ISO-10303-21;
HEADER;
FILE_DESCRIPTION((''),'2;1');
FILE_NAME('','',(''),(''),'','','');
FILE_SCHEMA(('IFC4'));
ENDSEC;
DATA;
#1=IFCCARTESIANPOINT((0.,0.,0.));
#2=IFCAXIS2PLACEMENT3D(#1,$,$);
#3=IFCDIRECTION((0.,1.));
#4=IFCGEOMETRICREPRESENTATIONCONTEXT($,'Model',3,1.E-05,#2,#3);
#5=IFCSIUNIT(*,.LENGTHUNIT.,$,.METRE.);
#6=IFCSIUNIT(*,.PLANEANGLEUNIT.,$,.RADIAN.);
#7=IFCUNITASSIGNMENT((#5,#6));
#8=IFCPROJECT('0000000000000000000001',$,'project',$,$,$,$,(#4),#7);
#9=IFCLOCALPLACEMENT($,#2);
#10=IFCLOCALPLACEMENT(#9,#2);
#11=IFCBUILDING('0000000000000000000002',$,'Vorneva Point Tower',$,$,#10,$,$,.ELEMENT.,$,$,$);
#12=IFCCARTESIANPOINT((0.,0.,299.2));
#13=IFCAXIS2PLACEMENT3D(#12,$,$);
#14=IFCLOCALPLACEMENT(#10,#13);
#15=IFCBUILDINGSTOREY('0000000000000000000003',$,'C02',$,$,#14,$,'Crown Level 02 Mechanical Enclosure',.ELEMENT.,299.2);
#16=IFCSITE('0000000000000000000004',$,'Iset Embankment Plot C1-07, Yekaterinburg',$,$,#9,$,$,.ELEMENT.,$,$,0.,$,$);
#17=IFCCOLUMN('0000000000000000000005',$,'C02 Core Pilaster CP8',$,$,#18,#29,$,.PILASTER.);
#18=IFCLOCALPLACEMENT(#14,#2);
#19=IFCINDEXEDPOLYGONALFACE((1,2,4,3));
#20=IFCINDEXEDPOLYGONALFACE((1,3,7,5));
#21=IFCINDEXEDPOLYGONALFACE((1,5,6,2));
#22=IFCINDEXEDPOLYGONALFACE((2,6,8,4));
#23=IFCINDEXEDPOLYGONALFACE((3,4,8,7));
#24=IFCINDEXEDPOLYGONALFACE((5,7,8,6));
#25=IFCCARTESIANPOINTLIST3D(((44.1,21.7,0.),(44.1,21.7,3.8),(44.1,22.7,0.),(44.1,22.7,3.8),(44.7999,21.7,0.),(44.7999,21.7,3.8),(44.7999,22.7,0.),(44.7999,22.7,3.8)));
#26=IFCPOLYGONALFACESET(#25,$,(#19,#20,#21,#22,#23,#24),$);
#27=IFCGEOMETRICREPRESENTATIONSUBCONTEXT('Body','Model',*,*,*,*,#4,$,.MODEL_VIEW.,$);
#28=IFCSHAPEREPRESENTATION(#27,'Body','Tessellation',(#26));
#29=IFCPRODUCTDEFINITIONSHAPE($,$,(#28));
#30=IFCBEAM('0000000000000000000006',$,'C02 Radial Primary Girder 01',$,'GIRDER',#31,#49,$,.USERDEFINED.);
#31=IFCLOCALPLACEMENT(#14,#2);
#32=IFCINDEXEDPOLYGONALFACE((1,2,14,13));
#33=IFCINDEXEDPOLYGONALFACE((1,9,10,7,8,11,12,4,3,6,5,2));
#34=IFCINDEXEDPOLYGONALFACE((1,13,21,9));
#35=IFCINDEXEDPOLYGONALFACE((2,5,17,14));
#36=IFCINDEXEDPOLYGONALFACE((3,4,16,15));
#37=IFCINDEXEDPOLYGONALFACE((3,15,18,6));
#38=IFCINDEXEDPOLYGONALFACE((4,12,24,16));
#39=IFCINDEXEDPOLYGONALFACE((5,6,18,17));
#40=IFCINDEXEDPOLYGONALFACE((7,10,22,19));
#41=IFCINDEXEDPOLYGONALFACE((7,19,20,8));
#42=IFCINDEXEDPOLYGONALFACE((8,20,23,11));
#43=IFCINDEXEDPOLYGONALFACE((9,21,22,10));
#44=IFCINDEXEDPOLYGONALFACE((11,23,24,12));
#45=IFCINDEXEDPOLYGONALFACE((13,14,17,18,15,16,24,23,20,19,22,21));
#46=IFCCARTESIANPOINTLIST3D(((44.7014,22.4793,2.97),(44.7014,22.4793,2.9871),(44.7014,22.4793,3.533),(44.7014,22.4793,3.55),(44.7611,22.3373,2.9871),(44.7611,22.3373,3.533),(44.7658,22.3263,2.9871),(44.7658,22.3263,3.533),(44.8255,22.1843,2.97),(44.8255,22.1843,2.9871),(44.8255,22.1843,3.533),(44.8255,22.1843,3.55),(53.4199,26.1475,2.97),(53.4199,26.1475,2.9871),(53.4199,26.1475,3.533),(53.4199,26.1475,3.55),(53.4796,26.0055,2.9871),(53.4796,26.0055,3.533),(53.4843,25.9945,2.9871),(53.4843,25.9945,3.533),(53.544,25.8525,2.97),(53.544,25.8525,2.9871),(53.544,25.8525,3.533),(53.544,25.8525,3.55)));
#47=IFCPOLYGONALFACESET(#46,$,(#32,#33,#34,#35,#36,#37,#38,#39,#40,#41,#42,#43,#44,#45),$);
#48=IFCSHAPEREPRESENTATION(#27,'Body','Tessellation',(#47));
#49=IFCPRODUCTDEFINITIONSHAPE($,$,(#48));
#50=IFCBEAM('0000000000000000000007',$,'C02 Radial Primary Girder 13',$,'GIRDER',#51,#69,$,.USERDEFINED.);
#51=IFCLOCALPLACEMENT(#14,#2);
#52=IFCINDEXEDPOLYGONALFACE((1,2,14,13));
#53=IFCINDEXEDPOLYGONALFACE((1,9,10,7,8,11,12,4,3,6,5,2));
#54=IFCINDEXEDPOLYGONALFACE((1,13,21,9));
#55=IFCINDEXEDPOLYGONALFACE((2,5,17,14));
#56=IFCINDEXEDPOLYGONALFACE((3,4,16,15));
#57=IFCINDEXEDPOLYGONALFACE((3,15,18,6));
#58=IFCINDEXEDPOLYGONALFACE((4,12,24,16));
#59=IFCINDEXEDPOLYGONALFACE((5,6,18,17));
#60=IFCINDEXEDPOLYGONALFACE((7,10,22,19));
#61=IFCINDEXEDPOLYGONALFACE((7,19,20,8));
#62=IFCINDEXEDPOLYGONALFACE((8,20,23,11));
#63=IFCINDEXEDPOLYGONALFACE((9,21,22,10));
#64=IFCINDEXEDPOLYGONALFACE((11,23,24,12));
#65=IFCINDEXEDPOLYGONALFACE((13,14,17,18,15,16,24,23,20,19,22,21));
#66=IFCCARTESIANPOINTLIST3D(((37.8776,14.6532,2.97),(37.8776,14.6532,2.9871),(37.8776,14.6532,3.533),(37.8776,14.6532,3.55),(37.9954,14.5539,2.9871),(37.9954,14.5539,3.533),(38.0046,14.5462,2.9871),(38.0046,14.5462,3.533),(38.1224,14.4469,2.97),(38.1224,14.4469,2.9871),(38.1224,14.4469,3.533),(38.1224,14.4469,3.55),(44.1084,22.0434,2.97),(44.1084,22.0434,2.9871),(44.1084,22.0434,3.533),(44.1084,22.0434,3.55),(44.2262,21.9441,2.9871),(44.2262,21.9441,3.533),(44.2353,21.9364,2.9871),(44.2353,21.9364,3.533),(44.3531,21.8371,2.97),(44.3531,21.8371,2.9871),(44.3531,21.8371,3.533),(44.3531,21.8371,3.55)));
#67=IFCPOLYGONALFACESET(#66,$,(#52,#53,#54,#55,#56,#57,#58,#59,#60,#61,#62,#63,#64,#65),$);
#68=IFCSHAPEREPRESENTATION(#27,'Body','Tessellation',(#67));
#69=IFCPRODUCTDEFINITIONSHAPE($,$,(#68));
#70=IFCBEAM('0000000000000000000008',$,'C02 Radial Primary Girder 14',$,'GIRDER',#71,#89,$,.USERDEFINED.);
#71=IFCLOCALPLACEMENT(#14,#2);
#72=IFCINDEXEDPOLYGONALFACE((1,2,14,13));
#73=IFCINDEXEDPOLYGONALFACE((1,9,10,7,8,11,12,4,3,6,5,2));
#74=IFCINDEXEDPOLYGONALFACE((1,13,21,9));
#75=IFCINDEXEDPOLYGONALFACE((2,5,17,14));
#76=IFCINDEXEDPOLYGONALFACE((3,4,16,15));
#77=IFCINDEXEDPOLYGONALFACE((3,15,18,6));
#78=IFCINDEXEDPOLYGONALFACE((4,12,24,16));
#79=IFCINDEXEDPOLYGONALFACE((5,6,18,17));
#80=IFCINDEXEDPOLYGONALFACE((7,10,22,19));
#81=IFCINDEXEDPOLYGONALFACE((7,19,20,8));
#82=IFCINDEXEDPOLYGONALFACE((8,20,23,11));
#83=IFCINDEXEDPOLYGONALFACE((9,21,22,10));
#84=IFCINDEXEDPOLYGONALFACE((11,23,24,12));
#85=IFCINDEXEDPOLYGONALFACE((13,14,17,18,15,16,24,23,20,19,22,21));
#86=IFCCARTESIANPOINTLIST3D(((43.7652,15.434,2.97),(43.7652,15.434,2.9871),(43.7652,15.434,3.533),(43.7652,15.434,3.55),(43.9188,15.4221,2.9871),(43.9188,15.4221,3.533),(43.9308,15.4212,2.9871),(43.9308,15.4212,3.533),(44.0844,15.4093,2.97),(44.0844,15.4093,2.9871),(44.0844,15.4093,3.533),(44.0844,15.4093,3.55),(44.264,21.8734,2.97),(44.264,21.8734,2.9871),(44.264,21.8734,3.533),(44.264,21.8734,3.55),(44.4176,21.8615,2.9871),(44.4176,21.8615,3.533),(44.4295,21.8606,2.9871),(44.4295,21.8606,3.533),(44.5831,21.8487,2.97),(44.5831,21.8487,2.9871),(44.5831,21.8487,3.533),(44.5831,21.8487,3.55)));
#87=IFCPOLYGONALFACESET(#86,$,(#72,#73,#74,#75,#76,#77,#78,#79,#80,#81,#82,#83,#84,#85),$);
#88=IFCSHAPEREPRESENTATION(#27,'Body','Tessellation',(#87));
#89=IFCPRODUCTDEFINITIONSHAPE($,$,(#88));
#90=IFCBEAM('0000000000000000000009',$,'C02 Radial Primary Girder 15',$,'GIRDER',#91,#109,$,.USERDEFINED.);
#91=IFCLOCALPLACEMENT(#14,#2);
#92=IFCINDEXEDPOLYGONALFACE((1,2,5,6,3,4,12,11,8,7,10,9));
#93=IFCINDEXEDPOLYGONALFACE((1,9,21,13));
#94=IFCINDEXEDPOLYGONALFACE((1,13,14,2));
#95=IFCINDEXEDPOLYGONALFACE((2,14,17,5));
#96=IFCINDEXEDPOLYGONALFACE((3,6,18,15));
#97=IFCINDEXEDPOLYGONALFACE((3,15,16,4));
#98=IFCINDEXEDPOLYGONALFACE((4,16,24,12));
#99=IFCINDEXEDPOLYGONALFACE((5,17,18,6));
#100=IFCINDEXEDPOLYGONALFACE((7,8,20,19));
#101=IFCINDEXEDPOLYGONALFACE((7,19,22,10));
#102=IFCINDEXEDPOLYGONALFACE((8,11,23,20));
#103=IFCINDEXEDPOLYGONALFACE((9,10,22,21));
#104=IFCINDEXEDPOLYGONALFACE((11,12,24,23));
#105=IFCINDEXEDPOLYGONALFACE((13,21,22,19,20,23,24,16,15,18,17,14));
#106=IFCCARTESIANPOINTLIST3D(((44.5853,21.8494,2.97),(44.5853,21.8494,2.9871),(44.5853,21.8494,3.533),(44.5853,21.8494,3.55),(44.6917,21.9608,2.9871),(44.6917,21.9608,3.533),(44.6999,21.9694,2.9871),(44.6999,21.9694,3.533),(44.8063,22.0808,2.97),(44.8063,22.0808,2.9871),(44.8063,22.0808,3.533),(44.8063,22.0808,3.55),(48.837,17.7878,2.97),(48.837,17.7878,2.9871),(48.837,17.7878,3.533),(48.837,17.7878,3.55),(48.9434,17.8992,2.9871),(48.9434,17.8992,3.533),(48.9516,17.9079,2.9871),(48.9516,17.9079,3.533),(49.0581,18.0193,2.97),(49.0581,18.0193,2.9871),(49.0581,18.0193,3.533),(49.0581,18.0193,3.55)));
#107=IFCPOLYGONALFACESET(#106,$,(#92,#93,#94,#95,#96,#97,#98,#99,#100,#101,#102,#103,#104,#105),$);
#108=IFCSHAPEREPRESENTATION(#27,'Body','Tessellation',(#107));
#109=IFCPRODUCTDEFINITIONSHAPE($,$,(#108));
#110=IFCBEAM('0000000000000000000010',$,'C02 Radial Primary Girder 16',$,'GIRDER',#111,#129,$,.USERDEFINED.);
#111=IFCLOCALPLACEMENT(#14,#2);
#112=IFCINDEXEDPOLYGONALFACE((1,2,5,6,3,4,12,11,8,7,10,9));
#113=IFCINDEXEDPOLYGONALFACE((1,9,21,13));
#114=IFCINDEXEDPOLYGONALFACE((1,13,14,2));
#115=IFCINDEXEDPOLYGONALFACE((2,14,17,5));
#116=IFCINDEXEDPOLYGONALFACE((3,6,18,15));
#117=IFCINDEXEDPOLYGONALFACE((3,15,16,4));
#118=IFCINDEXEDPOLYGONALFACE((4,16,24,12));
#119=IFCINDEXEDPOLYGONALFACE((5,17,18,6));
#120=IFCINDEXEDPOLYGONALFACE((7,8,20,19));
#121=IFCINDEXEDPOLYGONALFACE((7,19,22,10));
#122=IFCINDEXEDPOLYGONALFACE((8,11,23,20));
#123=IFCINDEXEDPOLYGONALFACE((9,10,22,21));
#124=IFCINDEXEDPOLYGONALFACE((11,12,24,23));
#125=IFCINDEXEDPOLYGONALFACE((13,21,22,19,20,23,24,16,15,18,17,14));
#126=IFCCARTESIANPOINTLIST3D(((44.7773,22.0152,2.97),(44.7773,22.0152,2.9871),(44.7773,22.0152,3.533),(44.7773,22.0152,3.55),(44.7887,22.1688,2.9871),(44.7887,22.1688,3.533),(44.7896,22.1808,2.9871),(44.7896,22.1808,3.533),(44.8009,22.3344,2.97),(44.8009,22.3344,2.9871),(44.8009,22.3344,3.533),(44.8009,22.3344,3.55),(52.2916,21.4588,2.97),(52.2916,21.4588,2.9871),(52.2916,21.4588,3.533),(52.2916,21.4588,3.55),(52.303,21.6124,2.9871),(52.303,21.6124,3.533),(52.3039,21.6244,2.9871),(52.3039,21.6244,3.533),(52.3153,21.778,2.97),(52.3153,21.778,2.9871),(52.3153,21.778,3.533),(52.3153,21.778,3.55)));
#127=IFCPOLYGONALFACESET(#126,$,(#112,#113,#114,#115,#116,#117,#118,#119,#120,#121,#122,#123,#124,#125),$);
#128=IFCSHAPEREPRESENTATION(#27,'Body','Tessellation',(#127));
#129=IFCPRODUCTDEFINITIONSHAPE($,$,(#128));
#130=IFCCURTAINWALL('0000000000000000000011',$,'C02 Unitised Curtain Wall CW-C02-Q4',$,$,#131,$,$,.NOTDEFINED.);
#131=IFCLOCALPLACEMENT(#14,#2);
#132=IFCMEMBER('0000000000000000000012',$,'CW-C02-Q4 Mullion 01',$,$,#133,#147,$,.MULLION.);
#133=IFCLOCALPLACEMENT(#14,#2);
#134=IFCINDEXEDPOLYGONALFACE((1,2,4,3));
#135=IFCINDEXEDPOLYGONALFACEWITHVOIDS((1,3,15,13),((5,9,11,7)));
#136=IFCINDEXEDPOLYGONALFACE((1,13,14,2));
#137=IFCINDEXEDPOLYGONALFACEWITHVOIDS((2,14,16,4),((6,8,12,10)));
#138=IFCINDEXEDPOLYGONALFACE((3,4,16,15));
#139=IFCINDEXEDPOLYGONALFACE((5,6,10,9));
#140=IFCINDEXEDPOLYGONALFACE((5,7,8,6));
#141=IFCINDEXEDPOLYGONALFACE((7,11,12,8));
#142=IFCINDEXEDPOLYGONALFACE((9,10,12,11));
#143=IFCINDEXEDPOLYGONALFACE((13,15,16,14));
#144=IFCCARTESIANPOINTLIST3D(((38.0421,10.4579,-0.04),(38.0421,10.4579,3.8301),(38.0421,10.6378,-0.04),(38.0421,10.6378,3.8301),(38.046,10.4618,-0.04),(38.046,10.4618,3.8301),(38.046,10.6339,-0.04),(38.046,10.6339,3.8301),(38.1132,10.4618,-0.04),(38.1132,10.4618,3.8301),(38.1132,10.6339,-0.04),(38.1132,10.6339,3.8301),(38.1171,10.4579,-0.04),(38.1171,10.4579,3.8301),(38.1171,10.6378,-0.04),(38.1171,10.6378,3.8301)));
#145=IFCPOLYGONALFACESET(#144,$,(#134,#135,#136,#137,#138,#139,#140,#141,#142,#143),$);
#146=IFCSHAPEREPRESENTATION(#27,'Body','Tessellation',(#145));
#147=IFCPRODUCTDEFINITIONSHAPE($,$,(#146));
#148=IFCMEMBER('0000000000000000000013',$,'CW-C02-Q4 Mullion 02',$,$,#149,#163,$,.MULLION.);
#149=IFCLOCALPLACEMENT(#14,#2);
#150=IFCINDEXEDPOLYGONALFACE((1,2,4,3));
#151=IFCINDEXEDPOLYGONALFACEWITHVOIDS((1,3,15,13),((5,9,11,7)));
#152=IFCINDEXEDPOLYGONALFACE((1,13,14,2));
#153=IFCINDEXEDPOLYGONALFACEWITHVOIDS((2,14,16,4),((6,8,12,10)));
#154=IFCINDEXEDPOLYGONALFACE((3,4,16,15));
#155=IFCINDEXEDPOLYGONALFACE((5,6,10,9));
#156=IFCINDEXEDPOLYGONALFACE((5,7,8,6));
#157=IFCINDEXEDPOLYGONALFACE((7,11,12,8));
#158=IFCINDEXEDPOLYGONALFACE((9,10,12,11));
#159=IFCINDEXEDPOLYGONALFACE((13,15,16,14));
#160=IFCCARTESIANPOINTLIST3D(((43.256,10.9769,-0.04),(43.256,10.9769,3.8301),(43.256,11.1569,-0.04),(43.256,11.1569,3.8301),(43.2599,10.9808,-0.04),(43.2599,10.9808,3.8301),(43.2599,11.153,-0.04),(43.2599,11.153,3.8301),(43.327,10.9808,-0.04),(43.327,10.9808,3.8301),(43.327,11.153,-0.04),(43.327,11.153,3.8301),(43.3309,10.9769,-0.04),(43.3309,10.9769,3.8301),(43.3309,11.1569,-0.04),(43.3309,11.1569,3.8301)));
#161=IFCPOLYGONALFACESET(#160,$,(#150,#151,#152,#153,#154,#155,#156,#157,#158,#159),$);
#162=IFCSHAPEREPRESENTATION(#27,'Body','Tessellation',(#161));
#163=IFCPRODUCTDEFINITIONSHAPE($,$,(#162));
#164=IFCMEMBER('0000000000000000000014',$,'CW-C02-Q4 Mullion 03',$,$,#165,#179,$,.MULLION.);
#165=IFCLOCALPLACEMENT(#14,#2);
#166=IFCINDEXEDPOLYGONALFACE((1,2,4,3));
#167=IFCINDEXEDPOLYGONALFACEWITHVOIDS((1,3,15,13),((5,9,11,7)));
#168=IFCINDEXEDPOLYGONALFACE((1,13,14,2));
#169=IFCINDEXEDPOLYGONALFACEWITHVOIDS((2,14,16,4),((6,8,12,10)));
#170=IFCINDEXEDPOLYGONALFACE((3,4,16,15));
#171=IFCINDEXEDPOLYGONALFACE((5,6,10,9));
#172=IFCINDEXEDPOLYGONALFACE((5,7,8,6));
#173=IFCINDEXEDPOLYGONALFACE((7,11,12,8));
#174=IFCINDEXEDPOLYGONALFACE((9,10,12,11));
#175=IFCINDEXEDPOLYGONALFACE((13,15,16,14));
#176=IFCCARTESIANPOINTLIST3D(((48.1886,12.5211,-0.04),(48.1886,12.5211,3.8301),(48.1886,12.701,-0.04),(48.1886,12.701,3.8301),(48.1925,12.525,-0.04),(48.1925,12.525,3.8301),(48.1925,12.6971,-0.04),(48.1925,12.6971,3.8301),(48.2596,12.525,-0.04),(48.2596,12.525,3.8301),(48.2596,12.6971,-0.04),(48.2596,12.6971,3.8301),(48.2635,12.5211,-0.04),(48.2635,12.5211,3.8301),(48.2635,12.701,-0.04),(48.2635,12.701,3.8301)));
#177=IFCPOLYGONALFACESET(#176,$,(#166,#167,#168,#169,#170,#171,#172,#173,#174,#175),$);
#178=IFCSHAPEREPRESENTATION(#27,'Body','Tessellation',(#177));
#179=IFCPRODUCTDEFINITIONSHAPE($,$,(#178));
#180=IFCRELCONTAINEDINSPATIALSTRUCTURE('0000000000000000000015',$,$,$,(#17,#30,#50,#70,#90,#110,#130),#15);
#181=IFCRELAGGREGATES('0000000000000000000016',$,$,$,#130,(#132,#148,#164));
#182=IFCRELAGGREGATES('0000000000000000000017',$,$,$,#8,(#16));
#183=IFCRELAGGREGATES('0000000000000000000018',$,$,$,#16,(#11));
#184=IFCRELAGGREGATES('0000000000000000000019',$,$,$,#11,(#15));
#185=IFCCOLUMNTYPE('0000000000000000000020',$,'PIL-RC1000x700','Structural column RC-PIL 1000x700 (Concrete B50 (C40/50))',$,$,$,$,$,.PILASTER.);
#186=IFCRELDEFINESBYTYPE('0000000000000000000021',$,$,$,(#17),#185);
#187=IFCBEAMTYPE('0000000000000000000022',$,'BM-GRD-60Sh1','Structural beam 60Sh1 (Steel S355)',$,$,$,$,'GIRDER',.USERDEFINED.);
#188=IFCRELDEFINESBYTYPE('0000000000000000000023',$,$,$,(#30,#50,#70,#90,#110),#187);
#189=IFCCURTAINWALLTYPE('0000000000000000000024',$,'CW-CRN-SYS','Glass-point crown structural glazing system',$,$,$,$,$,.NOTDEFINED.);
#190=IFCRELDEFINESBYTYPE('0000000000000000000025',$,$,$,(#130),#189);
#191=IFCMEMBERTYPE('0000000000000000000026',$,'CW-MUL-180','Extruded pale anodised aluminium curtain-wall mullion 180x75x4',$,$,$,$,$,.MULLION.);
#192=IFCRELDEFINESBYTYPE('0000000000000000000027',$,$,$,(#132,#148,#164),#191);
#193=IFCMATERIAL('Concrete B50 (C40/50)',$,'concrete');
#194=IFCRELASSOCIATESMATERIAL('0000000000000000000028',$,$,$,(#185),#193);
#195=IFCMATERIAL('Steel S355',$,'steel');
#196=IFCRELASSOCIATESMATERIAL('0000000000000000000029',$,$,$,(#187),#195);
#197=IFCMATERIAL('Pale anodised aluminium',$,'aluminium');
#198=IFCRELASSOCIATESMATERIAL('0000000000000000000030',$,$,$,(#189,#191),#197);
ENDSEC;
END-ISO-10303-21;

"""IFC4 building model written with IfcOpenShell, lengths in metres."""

from ifc_helpers import new_model, si_unit, direction, frame, origin, origin_2d, place, context, subcontext, project, spatial, rectangle, hollow_rectangle, i_section, extrude, material, material_profile, profile_set, type_object, element, aggregate, save


model = new_model("IFC4")

# Units and contexts
model_context = context("Model", 3, precision=1e-05, world=origin(), true_north=direction((0.0, 1.0)))
body_context = subcontext(model_context, "Body", "Model", "MODEL_VIEW")
ifc_project = project(units=[si_unit("LENGTHUNIT", "METRE"), si_unit("PLANEANGLEUNIT", "RADIAN")], contexts=[model_context])

# Site, building, storey
site_placement = place(None, origin())
site = spatial("IfcSite", under=ifc_project, at=site_placement, Name="Iset Embankment Plot C1-07, Yekaterinburg", CompositionType="ELEMENT", RefElevation=0.0)
building_placement = place(site_placement, origin())
building = spatial("IfcBuilding", under=site, at=building_placement, Name="Vorneva Point Tower", CompositionType="ELEMENT")
storey_placement = place(building_placement, frame((0.0, 0.0, 299.2)))
storey = spatial("IfcBuildingStorey", under=building, at=storey_placement, Name="C02", LongName="Crown Level 02 Mechanical Enclosure", CompositionType="ELEMENT", Elevation=299.2)

# Column
ifc_material_1 = material(Name="Concrete B50 (C40/50)", Category="concrete")
ifc_material_profile_1 = material_profile(ifc_material_1, rectangle(XDim=0.7, YDim=1.0, at=origin_2d()), Name="RC-PIL 1000x700")
ifc_profile_set_1 = profile_set([ifc_material_profile_1], Name="Concrete B50 (C40/50)")
column_type = type_object("IfcColumnType", Name="PIL-RC1000x700", Description="Structural column RC-PIL 1000x700 (Concrete B50 (C40/50))", PredefinedType="PILASTER", material=ifc_profile_set_1)
column_placement = place(storey_placement, frame((44.45, 22.2, 0.0), z_axis=(0.0, 0.0, 1.0), x_axis=(1.0, 0.0, 0.0)))
element("IfcColumn", 1, at=column_placement, inside=storey, type_object=column_type, Name="C02 Core Pilaster CP8", PredefinedType="PILASTER", context=body_context, shape_type="SweptSolid", body=[
    extrude(rectangle(XDim=0.7, YDim=1.0, at=origin_2d()), origin(), (0.0, 0.0, 1.0), 3.8),
])

# Beams
ifc_material_2 = material(Name="Steel S355", Category="steel")
ifc_material_profile_2 = material_profile(ifc_material_2, i_section(OverallWidth=0.3201, OverallDepth=0.5801, WebThickness=0.012, FlangeThickness=0.0171, at=origin_2d()), Name="60Sh1")
ifc_profile_set_2 = profile_set([ifc_material_profile_2], Name="Steel S355")
beam_type = type_object("IfcBeamType", Name="BM-GRD-60Sh1", Description="Structural beam 60Sh1 (Steel S355)", ElementType="GIRDER", PredefinedType="USERDEFINED", material=ifc_profile_set_2)
beam_1_placement = place(storey_placement, frame((53.4819, 26.0, 3.26), z_axis=(-0.921739, -0.387811, 0.0), x_axis=(0.387811, -0.921739, 0.0)))
element("IfcBeam", 2, at=beam_1_placement, inside=storey, type_object=beam_type, Name="C02 Radial Primary Girder 01", ObjectType="GIRDER", PredefinedType="USERDEFINED", context=body_context, shape_type="SweptSolid", body=[
    extrude(i_section(OverallWidth=0.3201, OverallDepth=0.5801, WebThickness=0.012, FlangeThickness=0.0171, at=origin_2d()), origin(), (0.0, 0.0, 1.0), 9.4587),
])
beam_2_placement = place(storey_placement, frame((38.0, 14.55, 3.26), z_axis=(0.644586, 0.764532, 0.0), x_axis=(-0.764532, 0.644586, 0.0)))
element("IfcBeam", 3, at=beam_2_placement, inside=storey, type_object=beam_type, Name="C02 Radial Primary Girder 13", ObjectType="GIRDER", PredefinedType="USERDEFINED", context=body_context, shape_type="SweptSolid", body=[
    extrude(i_section(OverallWidth=0.3201, OverallDepth=0.5801, WebThickness=0.012, FlangeThickness=0.0171, at=origin_2d()), origin(), (0.0, 0.0, 1.0), 9.6663),
])
beam_3_placement = place(storey_placement, frame((43.9248, 15.4216, 3.26), z_axis=(0.077225, 0.997014, 0.0), x_axis=(-0.997014, 0.077225, 0.0)))
element("IfcBeam", 4, at=beam_3_placement, inside=storey, type_object=beam_type, Name="C02 Radial Primary Girder 14", ObjectType="GIRDER", PredefinedType="USERDEFINED", context=body_context, shape_type="SweptSolid", body=[
    extrude(i_section(OverallWidth=0.3201, OverallDepth=0.5801, WebThickness=0.012, FlangeThickness=0.0171, at=origin_2d()), origin(), (0.0, 0.0, 1.0), 6.4587),
])
beam_4_placement = place(storey_placement, frame((48.9475, 17.9036, 3.26), z_axis=(-0.723094, 0.690749, 0.0), x_axis=(-0.690749, -0.723094, 0.0)))
element("IfcBeam", 5, at=beam_4_placement, inside=storey, type_object=beam_type, Name="C02 Radial Primary Girder 15", ObjectType="GIRDER", PredefinedType="USERDEFINED", context=body_context, shape_type="SweptSolid", body=[
    extrude(i_section(OverallWidth=0.3201, OverallDepth=0.5801, WebThickness=0.012, FlangeThickness=0.0171, at=origin_2d()), origin(), (0.0, 0.0, 1.0), 5.8799),
])
beam_5_placement = place(storey_placement, frame((52.3035, 21.6184, 3.26), z_axis=(-0.99727, 0.073842, 0.0), x_axis=(-0.073842, -0.99727, 0.0)))
element("IfcBeam", 6, at=beam_5_placement, inside=storey, type_object=beam_type, Name="C02 Radial Primary Girder 16", ObjectType="GIRDER", PredefinedType="USERDEFINED", context=body_context, shape_type="SweptSolid", body=[
    extrude(i_section(OverallWidth=0.3201, OverallDepth=0.5801, WebThickness=0.012, FlangeThickness=0.0171, at=origin_2d()), origin(), (0.0, 0.0, 1.0), 7.5349),
])

# Curtain wall, members
ifc_material_3 = material(Name="Pale anodised aluminium", Category="aluminium")
curtain_wall_type = type_object("IfcCurtainWallType", Name="CW-CRN-SYS", Description="Glass-point crown structural glazing system", PredefinedType="NOTDEFINED", material=ifc_material_3)
curtain_wall_placement = place(storey_placement, origin())
curtain_wall = element("IfcCurtainWall", 7, at=curtain_wall_placement, inside=storey, type_object=curtain_wall_type, Name="C02 Unitised Curtain Wall CW-C02-Q4", PredefinedType="NOTDEFINED")
ifc_material_profile_3 = material_profile(ifc_material_3, hollow_rectangle(XDim=0.075, YDim=0.1799, WallThickness=0.0039, at=origin_2d()), Name="AL-MUL 180x75x4")
ifc_profile_set_3 = profile_set([ifc_material_profile_3], Name="Pale anodised aluminium")
member_type_1 = type_object("IfcMemberType", Name="CW-MUL-180", Description="Extruded pale anodised aluminium curtain-wall mullion 180x75x4", PredefinedType="MULLION", material=ifc_profile_set_3)
member_1_placement = place(storey_placement, frame((38.0796, 10.5479, -0.04), z_axis=(0.0, 0.0, 1.0), x_axis=(1.0, 0.0, 0.0)))
member_1 = element("IfcMember", 8, at=member_1_placement, type_object=member_type_1, Name="CW-C02-Q4 Mullion 01", PredefinedType="MULLION", context=body_context, shape_type="SweptSolid", body=[
    extrude(hollow_rectangle(XDim=0.075, YDim=0.1799, WallThickness=0.0039, at=origin_2d()), origin(), (0.0, 0.0, 1.0), 3.8701),
])
member_2_placement = place(storey_placement, frame((43.2935, 11.0669, -0.04), z_axis=(0.0, 0.0, 1.0), x_axis=(1.0, 0.0, 0.0)))
member_2 = element("IfcMember", 9, at=member_2_placement, type_object=member_type_1, Name="CW-C02-Q4 Mullion 02", PredefinedType="MULLION", context=body_context, shape_type="SweptSolid", body=[
    extrude(hollow_rectangle(XDim=0.075, YDim=0.1799, WallThickness=0.0039, at=origin_2d()), origin(), (0.0, 0.0, 1.0), 3.8701),
])
member_3_placement = place(storey_placement, frame((48.2261, 12.6111, -0.04), z_axis=(0.0, 0.0, 1.0), x_axis=(1.0, 0.0, 0.0)))
member_3 = element("IfcMember", 10, at=member_3_placement, type_object=member_type_1, Name="CW-C02-Q4 Mullion 03", PredefinedType="MULLION", context=body_context, shape_type="SweptSolid", body=[
    extrude(hollow_rectangle(XDim=0.075, YDim=0.1799, WallThickness=0.0039, at=origin_2d()), origin(), (0.0, 0.0, 1.0), 3.8701),
])

aggregate(curtain_wall, [member_1, member_2, member_3])

save(model, "model.ifc")
